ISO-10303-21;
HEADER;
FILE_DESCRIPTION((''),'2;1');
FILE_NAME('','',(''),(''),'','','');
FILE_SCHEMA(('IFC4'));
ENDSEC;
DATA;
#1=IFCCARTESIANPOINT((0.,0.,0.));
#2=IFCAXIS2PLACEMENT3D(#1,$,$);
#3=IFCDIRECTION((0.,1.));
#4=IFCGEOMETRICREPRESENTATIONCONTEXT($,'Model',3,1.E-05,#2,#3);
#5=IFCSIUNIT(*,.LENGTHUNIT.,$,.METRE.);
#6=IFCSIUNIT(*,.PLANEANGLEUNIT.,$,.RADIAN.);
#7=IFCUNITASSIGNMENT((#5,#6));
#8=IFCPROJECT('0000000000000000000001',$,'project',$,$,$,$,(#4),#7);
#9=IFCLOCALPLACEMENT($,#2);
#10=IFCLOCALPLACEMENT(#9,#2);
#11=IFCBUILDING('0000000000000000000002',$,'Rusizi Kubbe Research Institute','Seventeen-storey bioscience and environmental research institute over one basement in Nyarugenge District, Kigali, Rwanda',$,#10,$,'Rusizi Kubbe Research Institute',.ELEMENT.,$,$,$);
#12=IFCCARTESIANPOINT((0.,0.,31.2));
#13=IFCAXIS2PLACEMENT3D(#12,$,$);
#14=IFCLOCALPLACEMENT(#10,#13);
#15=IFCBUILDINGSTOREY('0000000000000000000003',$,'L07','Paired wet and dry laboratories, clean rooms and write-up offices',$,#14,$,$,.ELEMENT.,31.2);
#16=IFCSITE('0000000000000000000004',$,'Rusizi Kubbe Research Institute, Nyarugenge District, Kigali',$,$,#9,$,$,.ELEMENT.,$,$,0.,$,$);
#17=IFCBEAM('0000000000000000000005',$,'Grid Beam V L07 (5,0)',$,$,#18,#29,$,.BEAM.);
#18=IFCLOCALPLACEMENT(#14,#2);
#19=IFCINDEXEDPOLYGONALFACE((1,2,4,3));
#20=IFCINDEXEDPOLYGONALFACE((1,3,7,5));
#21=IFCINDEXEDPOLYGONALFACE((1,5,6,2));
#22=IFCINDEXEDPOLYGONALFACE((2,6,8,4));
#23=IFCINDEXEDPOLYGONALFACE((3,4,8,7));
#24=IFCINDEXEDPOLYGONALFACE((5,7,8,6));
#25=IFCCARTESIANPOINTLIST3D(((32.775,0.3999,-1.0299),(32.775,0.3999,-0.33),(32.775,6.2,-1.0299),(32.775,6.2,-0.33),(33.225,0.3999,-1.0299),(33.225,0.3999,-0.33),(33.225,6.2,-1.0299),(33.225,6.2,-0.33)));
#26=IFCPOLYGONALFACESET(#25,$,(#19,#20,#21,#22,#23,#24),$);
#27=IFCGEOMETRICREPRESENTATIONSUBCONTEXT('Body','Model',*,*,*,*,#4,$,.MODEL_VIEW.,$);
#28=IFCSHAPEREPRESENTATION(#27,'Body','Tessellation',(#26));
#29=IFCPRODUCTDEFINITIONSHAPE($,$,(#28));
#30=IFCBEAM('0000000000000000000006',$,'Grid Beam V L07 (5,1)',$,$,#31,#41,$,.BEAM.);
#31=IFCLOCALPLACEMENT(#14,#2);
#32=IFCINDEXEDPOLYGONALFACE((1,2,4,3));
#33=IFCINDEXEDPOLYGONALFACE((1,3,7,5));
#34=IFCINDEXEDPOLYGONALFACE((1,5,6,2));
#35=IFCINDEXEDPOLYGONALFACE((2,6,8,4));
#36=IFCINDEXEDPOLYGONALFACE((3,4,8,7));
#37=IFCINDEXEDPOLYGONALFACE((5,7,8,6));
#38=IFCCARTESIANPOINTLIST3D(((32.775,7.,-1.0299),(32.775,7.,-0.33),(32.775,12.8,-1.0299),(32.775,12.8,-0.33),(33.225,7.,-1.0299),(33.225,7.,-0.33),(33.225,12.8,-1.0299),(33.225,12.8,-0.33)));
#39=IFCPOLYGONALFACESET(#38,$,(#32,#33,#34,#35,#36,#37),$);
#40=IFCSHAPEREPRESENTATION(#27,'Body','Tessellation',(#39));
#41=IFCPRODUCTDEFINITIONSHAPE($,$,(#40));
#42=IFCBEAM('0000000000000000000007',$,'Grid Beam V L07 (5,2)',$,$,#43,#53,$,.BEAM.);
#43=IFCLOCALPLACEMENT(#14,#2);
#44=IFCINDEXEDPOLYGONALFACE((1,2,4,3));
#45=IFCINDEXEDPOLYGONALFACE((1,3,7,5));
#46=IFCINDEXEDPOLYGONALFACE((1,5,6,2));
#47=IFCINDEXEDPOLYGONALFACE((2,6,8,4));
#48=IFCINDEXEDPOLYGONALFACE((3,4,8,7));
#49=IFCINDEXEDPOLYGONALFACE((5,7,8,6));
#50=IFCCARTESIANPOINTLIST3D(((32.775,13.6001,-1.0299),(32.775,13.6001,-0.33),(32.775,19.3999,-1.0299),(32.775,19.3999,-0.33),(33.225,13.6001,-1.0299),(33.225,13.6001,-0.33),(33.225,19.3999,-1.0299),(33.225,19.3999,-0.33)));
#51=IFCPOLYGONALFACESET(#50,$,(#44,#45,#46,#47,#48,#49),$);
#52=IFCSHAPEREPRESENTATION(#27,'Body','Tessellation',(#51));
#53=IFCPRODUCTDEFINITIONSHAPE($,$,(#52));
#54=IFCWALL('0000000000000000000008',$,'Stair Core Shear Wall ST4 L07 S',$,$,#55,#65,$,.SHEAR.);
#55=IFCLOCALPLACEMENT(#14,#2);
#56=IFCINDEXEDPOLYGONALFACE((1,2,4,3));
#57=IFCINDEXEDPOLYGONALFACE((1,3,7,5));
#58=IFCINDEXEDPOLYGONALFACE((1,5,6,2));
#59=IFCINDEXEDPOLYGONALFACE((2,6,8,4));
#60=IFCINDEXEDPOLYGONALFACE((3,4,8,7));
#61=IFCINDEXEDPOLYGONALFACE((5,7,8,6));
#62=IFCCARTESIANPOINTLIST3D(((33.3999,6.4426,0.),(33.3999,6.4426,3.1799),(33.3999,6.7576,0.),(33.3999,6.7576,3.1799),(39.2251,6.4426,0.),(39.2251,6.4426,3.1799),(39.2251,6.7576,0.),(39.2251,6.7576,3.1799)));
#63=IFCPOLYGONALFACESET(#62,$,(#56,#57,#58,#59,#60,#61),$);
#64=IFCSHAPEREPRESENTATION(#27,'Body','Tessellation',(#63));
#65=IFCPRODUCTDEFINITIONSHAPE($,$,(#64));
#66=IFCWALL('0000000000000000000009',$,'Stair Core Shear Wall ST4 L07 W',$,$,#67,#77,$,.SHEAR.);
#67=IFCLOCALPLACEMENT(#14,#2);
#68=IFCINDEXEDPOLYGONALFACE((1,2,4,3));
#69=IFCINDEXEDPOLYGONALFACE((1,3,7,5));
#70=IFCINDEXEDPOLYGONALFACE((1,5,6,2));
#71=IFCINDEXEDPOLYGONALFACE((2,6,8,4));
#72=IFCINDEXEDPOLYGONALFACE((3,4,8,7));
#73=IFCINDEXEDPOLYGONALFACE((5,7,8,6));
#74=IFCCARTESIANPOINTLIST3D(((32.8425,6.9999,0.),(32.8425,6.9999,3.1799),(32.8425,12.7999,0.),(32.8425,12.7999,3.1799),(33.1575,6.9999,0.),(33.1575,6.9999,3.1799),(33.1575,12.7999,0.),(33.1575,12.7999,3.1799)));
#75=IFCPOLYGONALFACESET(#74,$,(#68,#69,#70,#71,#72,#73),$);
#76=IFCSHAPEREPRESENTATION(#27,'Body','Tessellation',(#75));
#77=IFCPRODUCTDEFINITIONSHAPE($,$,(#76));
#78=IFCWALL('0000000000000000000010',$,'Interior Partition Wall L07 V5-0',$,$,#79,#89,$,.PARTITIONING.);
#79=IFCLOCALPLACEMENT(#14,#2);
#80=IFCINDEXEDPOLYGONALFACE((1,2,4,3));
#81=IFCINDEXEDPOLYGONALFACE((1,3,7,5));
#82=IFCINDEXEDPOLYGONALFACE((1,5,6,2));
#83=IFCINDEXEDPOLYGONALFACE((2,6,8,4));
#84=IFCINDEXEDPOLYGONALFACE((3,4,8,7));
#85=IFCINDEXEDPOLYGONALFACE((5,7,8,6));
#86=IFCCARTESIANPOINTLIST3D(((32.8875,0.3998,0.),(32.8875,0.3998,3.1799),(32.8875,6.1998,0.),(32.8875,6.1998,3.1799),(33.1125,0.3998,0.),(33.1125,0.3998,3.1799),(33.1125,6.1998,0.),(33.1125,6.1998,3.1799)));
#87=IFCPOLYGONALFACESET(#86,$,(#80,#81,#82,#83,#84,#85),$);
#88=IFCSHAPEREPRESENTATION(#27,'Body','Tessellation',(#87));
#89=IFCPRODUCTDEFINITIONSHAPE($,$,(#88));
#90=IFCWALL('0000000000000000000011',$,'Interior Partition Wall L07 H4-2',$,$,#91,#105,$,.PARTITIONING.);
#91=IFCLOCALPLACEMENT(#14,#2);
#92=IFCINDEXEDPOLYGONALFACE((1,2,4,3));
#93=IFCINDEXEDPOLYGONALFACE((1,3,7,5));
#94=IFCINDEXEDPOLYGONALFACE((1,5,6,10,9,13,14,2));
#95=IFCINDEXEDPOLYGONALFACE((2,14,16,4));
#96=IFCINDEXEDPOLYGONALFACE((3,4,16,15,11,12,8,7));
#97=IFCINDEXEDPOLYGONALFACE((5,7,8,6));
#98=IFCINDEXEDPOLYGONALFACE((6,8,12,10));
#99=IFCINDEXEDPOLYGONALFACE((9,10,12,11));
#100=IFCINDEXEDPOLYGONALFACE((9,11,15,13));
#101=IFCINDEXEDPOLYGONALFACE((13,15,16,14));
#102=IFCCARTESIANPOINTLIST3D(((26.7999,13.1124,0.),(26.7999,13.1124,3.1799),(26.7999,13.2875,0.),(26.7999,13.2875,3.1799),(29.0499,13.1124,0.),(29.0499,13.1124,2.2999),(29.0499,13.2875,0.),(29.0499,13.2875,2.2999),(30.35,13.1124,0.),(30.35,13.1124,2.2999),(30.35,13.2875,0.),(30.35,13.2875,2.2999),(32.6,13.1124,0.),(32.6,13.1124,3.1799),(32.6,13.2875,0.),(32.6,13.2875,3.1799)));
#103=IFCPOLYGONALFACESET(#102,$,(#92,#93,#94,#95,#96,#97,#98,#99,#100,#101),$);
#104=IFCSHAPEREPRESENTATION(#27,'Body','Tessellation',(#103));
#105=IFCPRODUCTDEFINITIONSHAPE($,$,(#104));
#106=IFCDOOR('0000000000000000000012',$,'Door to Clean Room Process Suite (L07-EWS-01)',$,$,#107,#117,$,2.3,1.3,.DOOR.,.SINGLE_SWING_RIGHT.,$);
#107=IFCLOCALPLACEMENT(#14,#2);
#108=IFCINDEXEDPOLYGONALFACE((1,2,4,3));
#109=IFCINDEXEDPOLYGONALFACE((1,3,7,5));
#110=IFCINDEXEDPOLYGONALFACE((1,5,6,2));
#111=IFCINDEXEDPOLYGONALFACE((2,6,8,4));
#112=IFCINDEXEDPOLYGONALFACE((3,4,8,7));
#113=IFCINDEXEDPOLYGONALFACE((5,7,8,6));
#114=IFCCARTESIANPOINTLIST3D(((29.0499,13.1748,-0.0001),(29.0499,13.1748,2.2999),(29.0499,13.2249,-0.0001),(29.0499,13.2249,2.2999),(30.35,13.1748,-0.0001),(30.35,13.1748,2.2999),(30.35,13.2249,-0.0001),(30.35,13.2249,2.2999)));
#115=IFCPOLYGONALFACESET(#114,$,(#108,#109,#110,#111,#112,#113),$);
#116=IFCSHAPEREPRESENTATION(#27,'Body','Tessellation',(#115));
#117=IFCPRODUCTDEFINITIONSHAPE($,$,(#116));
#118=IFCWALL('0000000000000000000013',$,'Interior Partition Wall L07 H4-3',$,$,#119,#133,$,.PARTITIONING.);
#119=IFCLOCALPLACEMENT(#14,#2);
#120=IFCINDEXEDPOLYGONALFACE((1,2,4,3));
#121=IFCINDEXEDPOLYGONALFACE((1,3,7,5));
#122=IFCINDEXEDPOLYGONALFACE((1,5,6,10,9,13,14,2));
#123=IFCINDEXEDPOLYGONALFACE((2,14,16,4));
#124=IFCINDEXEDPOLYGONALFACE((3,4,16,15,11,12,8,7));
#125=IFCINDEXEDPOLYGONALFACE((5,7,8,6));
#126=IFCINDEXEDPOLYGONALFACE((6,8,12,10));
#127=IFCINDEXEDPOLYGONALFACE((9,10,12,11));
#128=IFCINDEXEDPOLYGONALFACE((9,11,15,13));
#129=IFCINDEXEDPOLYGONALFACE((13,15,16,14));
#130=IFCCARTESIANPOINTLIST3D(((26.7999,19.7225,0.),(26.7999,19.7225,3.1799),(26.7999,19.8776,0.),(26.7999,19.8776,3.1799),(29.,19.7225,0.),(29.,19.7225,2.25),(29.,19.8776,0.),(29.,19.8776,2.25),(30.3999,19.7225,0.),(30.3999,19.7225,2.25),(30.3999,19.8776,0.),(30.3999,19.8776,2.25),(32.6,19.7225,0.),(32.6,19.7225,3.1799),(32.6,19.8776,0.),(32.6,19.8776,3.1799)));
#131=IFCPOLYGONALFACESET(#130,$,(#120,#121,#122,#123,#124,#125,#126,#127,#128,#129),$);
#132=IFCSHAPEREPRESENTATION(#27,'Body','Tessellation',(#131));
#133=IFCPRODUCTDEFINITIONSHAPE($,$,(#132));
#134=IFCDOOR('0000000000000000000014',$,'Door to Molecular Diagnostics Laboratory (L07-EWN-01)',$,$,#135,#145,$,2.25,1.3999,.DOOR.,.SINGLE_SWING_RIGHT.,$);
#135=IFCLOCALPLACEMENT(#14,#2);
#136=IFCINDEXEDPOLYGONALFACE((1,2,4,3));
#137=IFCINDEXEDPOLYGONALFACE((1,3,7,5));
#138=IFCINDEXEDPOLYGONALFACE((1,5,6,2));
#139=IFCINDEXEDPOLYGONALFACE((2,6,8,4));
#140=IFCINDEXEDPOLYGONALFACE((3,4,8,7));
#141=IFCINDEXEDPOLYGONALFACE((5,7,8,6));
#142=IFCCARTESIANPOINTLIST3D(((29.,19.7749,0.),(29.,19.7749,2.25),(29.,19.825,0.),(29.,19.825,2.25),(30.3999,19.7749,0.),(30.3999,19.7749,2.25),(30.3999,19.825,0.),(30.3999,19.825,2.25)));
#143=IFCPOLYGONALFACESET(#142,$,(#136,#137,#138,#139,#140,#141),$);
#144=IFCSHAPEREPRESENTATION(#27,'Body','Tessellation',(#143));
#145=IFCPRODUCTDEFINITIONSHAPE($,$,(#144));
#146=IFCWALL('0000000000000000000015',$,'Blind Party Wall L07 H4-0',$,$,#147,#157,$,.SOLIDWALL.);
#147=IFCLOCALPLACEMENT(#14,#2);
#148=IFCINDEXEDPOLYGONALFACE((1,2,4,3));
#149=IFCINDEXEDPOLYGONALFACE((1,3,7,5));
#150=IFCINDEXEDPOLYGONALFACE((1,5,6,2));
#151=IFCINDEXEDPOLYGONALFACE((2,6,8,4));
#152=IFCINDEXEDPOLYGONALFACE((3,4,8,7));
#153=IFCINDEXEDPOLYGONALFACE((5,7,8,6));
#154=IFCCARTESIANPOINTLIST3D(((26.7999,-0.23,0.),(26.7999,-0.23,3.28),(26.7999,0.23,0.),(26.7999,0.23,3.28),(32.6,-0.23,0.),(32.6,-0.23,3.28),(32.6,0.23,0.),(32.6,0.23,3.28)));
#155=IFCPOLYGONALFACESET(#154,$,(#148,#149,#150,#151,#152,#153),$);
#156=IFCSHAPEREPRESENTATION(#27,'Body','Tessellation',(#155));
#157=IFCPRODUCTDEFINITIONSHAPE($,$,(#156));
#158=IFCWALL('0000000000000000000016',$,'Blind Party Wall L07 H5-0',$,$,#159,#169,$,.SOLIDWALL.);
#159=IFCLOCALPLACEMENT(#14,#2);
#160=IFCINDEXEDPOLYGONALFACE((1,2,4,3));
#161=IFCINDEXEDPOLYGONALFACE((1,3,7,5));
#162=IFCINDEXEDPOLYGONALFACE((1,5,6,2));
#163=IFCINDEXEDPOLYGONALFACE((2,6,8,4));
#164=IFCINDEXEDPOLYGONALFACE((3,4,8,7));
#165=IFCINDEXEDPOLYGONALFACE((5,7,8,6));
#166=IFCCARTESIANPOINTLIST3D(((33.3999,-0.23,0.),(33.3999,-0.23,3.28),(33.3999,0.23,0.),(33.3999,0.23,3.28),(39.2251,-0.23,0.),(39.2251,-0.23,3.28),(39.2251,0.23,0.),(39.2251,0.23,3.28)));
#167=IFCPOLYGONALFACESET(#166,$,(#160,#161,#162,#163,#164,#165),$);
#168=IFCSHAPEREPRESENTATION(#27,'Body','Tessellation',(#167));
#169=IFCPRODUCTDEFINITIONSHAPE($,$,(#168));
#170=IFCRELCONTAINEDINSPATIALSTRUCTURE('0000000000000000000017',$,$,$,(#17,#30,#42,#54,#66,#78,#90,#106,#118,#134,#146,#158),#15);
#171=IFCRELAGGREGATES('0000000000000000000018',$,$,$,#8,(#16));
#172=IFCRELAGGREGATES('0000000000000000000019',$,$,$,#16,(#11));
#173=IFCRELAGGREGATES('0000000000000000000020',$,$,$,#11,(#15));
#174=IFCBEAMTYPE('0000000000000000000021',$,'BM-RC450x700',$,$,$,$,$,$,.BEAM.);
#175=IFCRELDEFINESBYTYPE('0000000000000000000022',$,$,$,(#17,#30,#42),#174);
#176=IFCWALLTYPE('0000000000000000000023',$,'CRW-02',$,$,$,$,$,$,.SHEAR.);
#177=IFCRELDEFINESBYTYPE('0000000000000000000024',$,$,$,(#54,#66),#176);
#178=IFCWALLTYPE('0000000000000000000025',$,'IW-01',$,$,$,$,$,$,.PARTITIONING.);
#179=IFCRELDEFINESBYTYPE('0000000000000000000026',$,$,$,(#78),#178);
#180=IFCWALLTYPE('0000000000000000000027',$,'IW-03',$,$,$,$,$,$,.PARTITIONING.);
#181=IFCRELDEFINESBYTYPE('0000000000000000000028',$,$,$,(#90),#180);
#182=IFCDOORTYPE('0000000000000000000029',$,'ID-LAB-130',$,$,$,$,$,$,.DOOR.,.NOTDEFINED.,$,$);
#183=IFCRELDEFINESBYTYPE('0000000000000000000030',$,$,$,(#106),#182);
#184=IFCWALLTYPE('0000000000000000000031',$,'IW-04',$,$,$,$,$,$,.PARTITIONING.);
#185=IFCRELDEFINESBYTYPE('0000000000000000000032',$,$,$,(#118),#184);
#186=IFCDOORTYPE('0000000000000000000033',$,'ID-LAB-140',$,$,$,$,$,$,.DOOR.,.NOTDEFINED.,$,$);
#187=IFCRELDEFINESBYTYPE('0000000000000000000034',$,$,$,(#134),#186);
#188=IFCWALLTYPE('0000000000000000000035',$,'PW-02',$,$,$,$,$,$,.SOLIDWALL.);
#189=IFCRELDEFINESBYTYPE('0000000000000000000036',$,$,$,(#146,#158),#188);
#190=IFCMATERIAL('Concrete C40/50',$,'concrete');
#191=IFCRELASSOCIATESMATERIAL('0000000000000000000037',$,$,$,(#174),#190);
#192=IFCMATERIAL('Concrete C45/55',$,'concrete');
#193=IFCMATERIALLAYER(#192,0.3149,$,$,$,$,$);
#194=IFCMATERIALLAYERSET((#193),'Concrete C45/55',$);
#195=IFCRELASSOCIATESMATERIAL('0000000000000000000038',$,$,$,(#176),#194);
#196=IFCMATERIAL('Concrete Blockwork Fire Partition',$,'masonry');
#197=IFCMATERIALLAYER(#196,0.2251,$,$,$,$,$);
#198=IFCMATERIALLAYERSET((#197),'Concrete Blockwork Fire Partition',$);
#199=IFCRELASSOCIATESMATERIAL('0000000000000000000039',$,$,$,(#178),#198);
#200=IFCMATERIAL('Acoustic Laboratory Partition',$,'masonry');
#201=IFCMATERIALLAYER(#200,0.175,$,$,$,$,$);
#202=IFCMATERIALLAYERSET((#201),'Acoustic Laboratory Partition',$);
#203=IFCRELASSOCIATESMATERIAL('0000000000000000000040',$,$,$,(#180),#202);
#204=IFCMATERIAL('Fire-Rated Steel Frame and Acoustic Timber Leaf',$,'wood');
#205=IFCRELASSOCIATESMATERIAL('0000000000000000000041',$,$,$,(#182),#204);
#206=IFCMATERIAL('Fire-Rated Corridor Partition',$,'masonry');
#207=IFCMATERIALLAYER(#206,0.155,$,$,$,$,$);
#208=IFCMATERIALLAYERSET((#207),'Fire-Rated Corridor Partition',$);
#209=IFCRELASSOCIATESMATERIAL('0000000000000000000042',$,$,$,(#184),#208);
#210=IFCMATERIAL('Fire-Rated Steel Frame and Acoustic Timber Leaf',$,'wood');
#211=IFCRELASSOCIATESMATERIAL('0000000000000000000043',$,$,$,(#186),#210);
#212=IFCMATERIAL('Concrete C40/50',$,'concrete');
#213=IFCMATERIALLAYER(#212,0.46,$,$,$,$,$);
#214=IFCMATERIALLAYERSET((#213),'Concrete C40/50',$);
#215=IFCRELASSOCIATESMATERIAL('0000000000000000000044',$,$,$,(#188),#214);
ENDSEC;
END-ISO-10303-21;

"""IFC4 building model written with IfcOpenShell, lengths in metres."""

from ifc_helpers import new_model, si_unit, direction, frame, frame_2d, origin, origin_2d, place, context, subcontext, project, spatial, rectangle, extrude, material, layer, layer_set, material_profile, profile_set, type_object, element, fill, save


model = new_model("IFC4")

# Units and contexts
model_context = context("Model", 3, precision=1e-05, world=origin(), true_north=direction((0.0, 1.0)))
body_context = subcontext(model_context, "Body", "Model", "MODEL_VIEW")
ifc_project = project(units=[si_unit("LENGTHUNIT", "METRE"), si_unit("PLANEANGLEUNIT", "RADIAN")], contexts=[model_context])

# Site, building, storey
site_placement = place(None, origin())
site = spatial("IfcSite", under=ifc_project, at=site_placement, Name="Rusizi Kubbe Research Institute, Nyarugenge District, Kigali", CompositionType="ELEMENT", RefElevation=0.0)
building_placement = place(site_placement, origin())
building = spatial("IfcBuilding", under=site, at=building_placement, Name="Rusizi Kubbe Research Institute", Description="Seventeen-storey bioscience and environmental research institute over one basement in Nyarugenge District, Kigali, Rwanda", LongName="Rusizi Kubbe Research Institute", CompositionType="ELEMENT")
storey_placement = place(building_placement, frame((0.0, 0.0, 31.2)))
storey = spatial("IfcBuildingStorey", under=building, at=storey_placement, Name="L07", Description="Paired wet and dry laboratories, clean rooms and write-up offices", CompositionType="ELEMENT", Elevation=31.2)

# Beams
ifc_material_1 = material(Name="Concrete C40/50", Category="concrete")
ifc_material_profile_1 = material_profile(ifc_material_1, rectangle(XDim=0.45, YDim=0.7, at=origin_2d()), Name="RC450x700B")
ifc_profile_set_1 = profile_set([ifc_material_profile_1], Name="Concrete C40/50")
beam_type_1 = type_object("IfcBeamType", Name="BM-RC450x700", PredefinedType="BEAM", material=ifc_profile_set_1)
for number, where, z_axis, x_axis, name in (
    (1, (33.0, 0.3999, -0.6799), (0.0, 1.0, 0.0), (-1.0, 0.0, 0.0), "Grid Beam V L07 (5,0)"),
    (2, (33.0, 7.0, -0.6799), (0.0, 1.0, 0.0), (-1.0, 0.0, 0.0), "Grid Beam V L07 (5,1)"),
):
    element("IfcBeam", number, at=place(storey_placement, frame(where, z_axis=z_axis, x_axis=x_axis)), inside=storey, type_object=beam_type_1, Name=name, PredefinedType="BEAM", context=body_context, shape_type="SweptSolid", body=[
        extrude(rectangle(XDim=0.45, YDim=0.7, at=origin_2d()), origin(), (0.0, 0.0, 1.0), 5.8),
    ])
beam_1_placement = place(storey_placement, frame((33.0, 13.6001, -0.6799), z_axis=(0.0, 1.0, 0.0), x_axis=(-1.0, 0.0, 0.0)))
element("IfcBeam", 3, at=beam_1_placement, inside=storey, type_object=beam_type_1, Name="Grid Beam V L07 (5,2)", PredefinedType="BEAM", context=body_context, shape_type="SweptSolid", body=[
    extrude(rectangle(XDim=0.45, YDim=0.7, at=origin_2d()), origin(), (0.0, 0.0, 1.0), 5.7998),
])

# Wall
ifc_material_2 = material(Name="Concrete C45/55", Category="concrete")
ifc_layer_1 = layer(ifc_material_2, 0.3149)
ifc_layer_set_1 = layer_set([ifc_layer_1], Name="Concrete C45/55")
wall_type_1 = type_object("IfcWallType", Name="CRW-02", PredefinedType="SHEAR", material=ifc_layer_set_1)
wall_1_placement = place(storey_placement, frame((33.3999, 6.6001, 0.0), z_axis=(0.0, 0.0, 1.0), x_axis=(1.0, 0.0, 0.0)))
element("IfcWall", 4, at=wall_1_placement, inside=storey, type_object=wall_type_1, Name="Stair Core Shear Wall ST4 L07 S", PredefinedType="SHEAR", context=body_context, shape_type="SweptSolid", body=[
    extrude(rectangle(XDim=5.8252, YDim=0.3149, at=frame_2d((2.9126, 0.0))), origin(), (0.0, 0.0, 1.0), 3.1799),
])

# Walls
wall_2_placement = place(storey_placement, frame((33.0, 7.0, 0.0), z_axis=(0.0, 0.0, 1.0), x_axis=(0.0, 1.0, 0.0)))
element("IfcWall", 5, at=wall_2_placement, inside=storey, type_object=wall_type_1, Name="Stair Core Shear Wall ST4 L07 W", PredefinedType="SHEAR", context=body_context, shape_type="SweptSolid", body=[
    extrude(rectangle(XDim=5.8, YDim=0.3149, at=frame_2d((2.8999, 0.0))), origin(), (0.0, 0.0, 1.0), 3.1799),
])
ifc_material_3 = material(Name="Concrete Blockwork Fire Partition", Category="masonry")
ifc_layer_2 = layer(ifc_material_3, 0.2251)
ifc_layer_set_2 = layer_set([ifc_layer_2], Name="Concrete Blockwork Fire Partition")
wall_type_2 = type_object("IfcWallType", Name="IW-01", PredefinedType="PARTITIONING", material=ifc_layer_set_2)
wall_3_placement = place(storey_placement, frame((33.0, 0.3999, 0.0), z_axis=(0.0, 0.0, 1.0), x_axis=(0.0, 1.0, 0.0)))
element("IfcWall", 6, at=wall_3_placement, inside=storey, type_object=wall_type_2, Name="Interior Partition Wall L07 V5-0", PredefinedType="PARTITIONING", context=body_context, shape_type="SweptSolid", body=[
    extrude(rectangle(XDim=5.8, YDim=0.2251, at=frame_2d((2.8999, 0.0))), origin(), (0.0, 0.0, 1.0), 3.1799),
])

# Walls, openings, doors
ifc_material_4 = material(Name="Acoustic Laboratory Partition", Category="masonry")
ifc_layer_3 = layer(ifc_material_4, 0.175)
ifc_layer_set_3 = layer_set([ifc_layer_3], Name="Acoustic Laboratory Partition")
wall_type_3 = type_object("IfcWallType", Name="IW-03", PredefinedType="PARTITIONING", material=ifc_layer_set_3)
wall_4_placement = place(storey_placement, frame((26.8, 13.2, 0.0), z_axis=(0.0, 0.0, 1.0), x_axis=(1.0, 0.0, 0.0)))
wall_4 = element("IfcWall", 7, at=wall_4_placement, inside=storey, type_object=wall_type_3, Name="Interior Partition Wall L07 H4-2", PredefinedType="PARTITIONING", context=body_context, shape_type="SweptSolid", body=[
    extrude(rectangle(XDim=5.8, YDim=0.175, at=frame_2d((2.8999, 0.0))), origin(), (0.0, 0.0, 1.0), 3.1799),
])
opening_1_placement = place(wall_4_placement, frame((2.25, 0.0, 0.0)))
opening_1 = element("IfcOpeningElement", 8, at=opening_1_placement, cuts=wall_4, PredefinedType="OPENING", context=body_context, shape_type="SweptSolid", body=[
    extrude(rectangle(XDim=1.3, YDim=2.3, at=frame_2d((0.6499, 1.1499))), frame((0.0, 0.0974, 0.0), z_axis=(0.0, -1.0, 0.0), x_axis=(1.0, 0.0, 0.0)), (0.0, 0.0, 1.0), 0.1951),
])
ifc_material_5 = material(Name="Fire-Rated Steel Frame and Acoustic Timber Leaf", Category="wood")
door_type_1 = type_object("IfcDoorType", Name="ID-LAB-130", OperationType="NOTDEFINED", PredefinedType="DOOR", material=ifc_material_5)
door_1_placement = place(opening_1_placement, origin())
door_1 = element("IfcDoor", 9, at=door_1_placement, inside=storey, type_object=door_type_1, Name="Door to Clean Room Process Suite (L07-EWS-01)", OperationType="SINGLE_SWING_RIGHT", OverallHeight=2.3, OverallWidth=1.3, PredefinedType="DOOR", context=body_context, shape_type="SweptSolid", body=[
    extrude(rectangle(XDim=1.3, YDim=2.3, at=frame_2d((0.6499, 1.1499))), frame((0.0, 0.0249, 0.0), z_axis=(0.0, -1.0, 0.0), x_axis=(1.0, 0.0, 0.0)), (0.0, 0.0, 1.0), 0.05),
])
fill(opening_1, door_1)
ifc_material_6 = material(Name="Fire-Rated Corridor Partition", Category="masonry")
ifc_layer_4 = layer(ifc_material_6, 0.155)
ifc_layer_set_4 = layer_set([ifc_layer_4], Name="Fire-Rated Corridor Partition")
wall_type_4 = type_object("IfcWallType", Name="IW-04", PredefinedType="PARTITIONING", material=ifc_layer_set_4)
wall_5_placement = place(storey_placement, frame((26.8, 19.8, 0.0), z_axis=(0.0, 0.0, 1.0), x_axis=(1.0, 0.0, 0.0)))
wall_5 = element("IfcWall", 10, at=wall_5_placement, inside=storey, type_object=wall_type_4, Name="Interior Partition Wall L07 H4-3", PredefinedType="PARTITIONING", context=body_context, shape_type="SweptSolid", body=[
    extrude(rectangle(XDim=5.8, YDim=0.155, at=frame_2d((2.8999, 0.0))), origin(), (0.0, 0.0, 1.0), 3.1799),
])
opening_2_placement = place(wall_5_placement, frame((2.2, 0.0, 0.0)))
opening_2 = element("IfcOpeningElement", 11, at=opening_2_placement, cuts=wall_5, PredefinedType="OPENING", context=body_context, shape_type="SweptSolid", body=[
    extrude(rectangle(XDim=1.3999, YDim=2.25, at=frame_2d((0.7, 1.125))), frame((0.0, 0.0874, 0.0), z_axis=(0.0, -1.0, 0.0), x_axis=(1.0, 0.0, 0.0)), (0.0, 0.0, 1.0), 0.175),
])
ifc_material_7 = material(Name="Fire-Rated Steel Frame and Acoustic Timber Leaf", Category="wood")
door_type_2 = type_object("IfcDoorType", Name="ID-LAB-140", OperationType="NOTDEFINED", PredefinedType="DOOR", material=ifc_material_7)
door_2_placement = place(opening_2_placement, origin())
door_2 = element("IfcDoor", 12, at=door_2_placement, inside=storey, type_object=door_type_2, Name="Door to Molecular Diagnostics Laboratory (L07-EWN-01)", OperationType="SINGLE_SWING_RIGHT", OverallHeight=2.25, OverallWidth=1.3999, PredefinedType="DOOR", context=body_context, shape_type="SweptSolid", body=[
    extrude(rectangle(XDim=1.3999, YDim=2.25, at=frame_2d((0.7, 1.125))), frame((0.0, 0.0249, 0.0), z_axis=(0.0, -1.0, 0.0), x_axis=(1.0, 0.0, 0.0)), (0.0, 0.0, 1.0), 0.05),
])
fill(opening_2, door_2)

# Walls
ifc_material_8 = material(Name="Concrete C40/50", Category="concrete")
ifc_layer_5 = layer(ifc_material_8, 0.46)
ifc_layer_set_5 = layer_set([ifc_layer_5], Name="Concrete C40/50")
wall_type_5 = type_object("IfcWallType", Name="PW-02", PredefinedType="SOLIDWALL", material=ifc_layer_set_5)
wall_6_placement = place(storey_placement, frame((26.8, 0.0, 0.0), z_axis=(0.0, 0.0, 1.0), x_axis=(1.0, 0.0, 0.0)))
element("IfcWall", 13, at=wall_6_placement, inside=storey, type_object=wall_type_5, Name="Blind Party Wall L07 H4-0", PredefinedType="SOLIDWALL", context=body_context, shape_type="SweptSolid", body=[
    extrude(rectangle(XDim=5.8, YDim=0.46, at=frame_2d((2.8999, 0.0))), origin(), (0.0, 0.0, 1.0), 3.28),
])
wall_7_placement = place(storey_placement, frame((33.3999, 0.0, 0.0), z_axis=(0.0, 0.0, 1.0), x_axis=(1.0, 0.0, 0.0)))
element("IfcWall", 14, at=wall_7_placement, inside=storey, type_object=wall_type_5, Name="Blind Party Wall L07 H5-0", PredefinedType="SOLIDWALL", context=body_context, shape_type="SweptSolid", body=[
    extrude(rectangle(XDim=5.8252, YDim=0.46, at=frame_2d((2.9126, 0.0))), origin(), (0.0, 0.0, 1.0), 3.28),
])

save(model, "model.ifc")
